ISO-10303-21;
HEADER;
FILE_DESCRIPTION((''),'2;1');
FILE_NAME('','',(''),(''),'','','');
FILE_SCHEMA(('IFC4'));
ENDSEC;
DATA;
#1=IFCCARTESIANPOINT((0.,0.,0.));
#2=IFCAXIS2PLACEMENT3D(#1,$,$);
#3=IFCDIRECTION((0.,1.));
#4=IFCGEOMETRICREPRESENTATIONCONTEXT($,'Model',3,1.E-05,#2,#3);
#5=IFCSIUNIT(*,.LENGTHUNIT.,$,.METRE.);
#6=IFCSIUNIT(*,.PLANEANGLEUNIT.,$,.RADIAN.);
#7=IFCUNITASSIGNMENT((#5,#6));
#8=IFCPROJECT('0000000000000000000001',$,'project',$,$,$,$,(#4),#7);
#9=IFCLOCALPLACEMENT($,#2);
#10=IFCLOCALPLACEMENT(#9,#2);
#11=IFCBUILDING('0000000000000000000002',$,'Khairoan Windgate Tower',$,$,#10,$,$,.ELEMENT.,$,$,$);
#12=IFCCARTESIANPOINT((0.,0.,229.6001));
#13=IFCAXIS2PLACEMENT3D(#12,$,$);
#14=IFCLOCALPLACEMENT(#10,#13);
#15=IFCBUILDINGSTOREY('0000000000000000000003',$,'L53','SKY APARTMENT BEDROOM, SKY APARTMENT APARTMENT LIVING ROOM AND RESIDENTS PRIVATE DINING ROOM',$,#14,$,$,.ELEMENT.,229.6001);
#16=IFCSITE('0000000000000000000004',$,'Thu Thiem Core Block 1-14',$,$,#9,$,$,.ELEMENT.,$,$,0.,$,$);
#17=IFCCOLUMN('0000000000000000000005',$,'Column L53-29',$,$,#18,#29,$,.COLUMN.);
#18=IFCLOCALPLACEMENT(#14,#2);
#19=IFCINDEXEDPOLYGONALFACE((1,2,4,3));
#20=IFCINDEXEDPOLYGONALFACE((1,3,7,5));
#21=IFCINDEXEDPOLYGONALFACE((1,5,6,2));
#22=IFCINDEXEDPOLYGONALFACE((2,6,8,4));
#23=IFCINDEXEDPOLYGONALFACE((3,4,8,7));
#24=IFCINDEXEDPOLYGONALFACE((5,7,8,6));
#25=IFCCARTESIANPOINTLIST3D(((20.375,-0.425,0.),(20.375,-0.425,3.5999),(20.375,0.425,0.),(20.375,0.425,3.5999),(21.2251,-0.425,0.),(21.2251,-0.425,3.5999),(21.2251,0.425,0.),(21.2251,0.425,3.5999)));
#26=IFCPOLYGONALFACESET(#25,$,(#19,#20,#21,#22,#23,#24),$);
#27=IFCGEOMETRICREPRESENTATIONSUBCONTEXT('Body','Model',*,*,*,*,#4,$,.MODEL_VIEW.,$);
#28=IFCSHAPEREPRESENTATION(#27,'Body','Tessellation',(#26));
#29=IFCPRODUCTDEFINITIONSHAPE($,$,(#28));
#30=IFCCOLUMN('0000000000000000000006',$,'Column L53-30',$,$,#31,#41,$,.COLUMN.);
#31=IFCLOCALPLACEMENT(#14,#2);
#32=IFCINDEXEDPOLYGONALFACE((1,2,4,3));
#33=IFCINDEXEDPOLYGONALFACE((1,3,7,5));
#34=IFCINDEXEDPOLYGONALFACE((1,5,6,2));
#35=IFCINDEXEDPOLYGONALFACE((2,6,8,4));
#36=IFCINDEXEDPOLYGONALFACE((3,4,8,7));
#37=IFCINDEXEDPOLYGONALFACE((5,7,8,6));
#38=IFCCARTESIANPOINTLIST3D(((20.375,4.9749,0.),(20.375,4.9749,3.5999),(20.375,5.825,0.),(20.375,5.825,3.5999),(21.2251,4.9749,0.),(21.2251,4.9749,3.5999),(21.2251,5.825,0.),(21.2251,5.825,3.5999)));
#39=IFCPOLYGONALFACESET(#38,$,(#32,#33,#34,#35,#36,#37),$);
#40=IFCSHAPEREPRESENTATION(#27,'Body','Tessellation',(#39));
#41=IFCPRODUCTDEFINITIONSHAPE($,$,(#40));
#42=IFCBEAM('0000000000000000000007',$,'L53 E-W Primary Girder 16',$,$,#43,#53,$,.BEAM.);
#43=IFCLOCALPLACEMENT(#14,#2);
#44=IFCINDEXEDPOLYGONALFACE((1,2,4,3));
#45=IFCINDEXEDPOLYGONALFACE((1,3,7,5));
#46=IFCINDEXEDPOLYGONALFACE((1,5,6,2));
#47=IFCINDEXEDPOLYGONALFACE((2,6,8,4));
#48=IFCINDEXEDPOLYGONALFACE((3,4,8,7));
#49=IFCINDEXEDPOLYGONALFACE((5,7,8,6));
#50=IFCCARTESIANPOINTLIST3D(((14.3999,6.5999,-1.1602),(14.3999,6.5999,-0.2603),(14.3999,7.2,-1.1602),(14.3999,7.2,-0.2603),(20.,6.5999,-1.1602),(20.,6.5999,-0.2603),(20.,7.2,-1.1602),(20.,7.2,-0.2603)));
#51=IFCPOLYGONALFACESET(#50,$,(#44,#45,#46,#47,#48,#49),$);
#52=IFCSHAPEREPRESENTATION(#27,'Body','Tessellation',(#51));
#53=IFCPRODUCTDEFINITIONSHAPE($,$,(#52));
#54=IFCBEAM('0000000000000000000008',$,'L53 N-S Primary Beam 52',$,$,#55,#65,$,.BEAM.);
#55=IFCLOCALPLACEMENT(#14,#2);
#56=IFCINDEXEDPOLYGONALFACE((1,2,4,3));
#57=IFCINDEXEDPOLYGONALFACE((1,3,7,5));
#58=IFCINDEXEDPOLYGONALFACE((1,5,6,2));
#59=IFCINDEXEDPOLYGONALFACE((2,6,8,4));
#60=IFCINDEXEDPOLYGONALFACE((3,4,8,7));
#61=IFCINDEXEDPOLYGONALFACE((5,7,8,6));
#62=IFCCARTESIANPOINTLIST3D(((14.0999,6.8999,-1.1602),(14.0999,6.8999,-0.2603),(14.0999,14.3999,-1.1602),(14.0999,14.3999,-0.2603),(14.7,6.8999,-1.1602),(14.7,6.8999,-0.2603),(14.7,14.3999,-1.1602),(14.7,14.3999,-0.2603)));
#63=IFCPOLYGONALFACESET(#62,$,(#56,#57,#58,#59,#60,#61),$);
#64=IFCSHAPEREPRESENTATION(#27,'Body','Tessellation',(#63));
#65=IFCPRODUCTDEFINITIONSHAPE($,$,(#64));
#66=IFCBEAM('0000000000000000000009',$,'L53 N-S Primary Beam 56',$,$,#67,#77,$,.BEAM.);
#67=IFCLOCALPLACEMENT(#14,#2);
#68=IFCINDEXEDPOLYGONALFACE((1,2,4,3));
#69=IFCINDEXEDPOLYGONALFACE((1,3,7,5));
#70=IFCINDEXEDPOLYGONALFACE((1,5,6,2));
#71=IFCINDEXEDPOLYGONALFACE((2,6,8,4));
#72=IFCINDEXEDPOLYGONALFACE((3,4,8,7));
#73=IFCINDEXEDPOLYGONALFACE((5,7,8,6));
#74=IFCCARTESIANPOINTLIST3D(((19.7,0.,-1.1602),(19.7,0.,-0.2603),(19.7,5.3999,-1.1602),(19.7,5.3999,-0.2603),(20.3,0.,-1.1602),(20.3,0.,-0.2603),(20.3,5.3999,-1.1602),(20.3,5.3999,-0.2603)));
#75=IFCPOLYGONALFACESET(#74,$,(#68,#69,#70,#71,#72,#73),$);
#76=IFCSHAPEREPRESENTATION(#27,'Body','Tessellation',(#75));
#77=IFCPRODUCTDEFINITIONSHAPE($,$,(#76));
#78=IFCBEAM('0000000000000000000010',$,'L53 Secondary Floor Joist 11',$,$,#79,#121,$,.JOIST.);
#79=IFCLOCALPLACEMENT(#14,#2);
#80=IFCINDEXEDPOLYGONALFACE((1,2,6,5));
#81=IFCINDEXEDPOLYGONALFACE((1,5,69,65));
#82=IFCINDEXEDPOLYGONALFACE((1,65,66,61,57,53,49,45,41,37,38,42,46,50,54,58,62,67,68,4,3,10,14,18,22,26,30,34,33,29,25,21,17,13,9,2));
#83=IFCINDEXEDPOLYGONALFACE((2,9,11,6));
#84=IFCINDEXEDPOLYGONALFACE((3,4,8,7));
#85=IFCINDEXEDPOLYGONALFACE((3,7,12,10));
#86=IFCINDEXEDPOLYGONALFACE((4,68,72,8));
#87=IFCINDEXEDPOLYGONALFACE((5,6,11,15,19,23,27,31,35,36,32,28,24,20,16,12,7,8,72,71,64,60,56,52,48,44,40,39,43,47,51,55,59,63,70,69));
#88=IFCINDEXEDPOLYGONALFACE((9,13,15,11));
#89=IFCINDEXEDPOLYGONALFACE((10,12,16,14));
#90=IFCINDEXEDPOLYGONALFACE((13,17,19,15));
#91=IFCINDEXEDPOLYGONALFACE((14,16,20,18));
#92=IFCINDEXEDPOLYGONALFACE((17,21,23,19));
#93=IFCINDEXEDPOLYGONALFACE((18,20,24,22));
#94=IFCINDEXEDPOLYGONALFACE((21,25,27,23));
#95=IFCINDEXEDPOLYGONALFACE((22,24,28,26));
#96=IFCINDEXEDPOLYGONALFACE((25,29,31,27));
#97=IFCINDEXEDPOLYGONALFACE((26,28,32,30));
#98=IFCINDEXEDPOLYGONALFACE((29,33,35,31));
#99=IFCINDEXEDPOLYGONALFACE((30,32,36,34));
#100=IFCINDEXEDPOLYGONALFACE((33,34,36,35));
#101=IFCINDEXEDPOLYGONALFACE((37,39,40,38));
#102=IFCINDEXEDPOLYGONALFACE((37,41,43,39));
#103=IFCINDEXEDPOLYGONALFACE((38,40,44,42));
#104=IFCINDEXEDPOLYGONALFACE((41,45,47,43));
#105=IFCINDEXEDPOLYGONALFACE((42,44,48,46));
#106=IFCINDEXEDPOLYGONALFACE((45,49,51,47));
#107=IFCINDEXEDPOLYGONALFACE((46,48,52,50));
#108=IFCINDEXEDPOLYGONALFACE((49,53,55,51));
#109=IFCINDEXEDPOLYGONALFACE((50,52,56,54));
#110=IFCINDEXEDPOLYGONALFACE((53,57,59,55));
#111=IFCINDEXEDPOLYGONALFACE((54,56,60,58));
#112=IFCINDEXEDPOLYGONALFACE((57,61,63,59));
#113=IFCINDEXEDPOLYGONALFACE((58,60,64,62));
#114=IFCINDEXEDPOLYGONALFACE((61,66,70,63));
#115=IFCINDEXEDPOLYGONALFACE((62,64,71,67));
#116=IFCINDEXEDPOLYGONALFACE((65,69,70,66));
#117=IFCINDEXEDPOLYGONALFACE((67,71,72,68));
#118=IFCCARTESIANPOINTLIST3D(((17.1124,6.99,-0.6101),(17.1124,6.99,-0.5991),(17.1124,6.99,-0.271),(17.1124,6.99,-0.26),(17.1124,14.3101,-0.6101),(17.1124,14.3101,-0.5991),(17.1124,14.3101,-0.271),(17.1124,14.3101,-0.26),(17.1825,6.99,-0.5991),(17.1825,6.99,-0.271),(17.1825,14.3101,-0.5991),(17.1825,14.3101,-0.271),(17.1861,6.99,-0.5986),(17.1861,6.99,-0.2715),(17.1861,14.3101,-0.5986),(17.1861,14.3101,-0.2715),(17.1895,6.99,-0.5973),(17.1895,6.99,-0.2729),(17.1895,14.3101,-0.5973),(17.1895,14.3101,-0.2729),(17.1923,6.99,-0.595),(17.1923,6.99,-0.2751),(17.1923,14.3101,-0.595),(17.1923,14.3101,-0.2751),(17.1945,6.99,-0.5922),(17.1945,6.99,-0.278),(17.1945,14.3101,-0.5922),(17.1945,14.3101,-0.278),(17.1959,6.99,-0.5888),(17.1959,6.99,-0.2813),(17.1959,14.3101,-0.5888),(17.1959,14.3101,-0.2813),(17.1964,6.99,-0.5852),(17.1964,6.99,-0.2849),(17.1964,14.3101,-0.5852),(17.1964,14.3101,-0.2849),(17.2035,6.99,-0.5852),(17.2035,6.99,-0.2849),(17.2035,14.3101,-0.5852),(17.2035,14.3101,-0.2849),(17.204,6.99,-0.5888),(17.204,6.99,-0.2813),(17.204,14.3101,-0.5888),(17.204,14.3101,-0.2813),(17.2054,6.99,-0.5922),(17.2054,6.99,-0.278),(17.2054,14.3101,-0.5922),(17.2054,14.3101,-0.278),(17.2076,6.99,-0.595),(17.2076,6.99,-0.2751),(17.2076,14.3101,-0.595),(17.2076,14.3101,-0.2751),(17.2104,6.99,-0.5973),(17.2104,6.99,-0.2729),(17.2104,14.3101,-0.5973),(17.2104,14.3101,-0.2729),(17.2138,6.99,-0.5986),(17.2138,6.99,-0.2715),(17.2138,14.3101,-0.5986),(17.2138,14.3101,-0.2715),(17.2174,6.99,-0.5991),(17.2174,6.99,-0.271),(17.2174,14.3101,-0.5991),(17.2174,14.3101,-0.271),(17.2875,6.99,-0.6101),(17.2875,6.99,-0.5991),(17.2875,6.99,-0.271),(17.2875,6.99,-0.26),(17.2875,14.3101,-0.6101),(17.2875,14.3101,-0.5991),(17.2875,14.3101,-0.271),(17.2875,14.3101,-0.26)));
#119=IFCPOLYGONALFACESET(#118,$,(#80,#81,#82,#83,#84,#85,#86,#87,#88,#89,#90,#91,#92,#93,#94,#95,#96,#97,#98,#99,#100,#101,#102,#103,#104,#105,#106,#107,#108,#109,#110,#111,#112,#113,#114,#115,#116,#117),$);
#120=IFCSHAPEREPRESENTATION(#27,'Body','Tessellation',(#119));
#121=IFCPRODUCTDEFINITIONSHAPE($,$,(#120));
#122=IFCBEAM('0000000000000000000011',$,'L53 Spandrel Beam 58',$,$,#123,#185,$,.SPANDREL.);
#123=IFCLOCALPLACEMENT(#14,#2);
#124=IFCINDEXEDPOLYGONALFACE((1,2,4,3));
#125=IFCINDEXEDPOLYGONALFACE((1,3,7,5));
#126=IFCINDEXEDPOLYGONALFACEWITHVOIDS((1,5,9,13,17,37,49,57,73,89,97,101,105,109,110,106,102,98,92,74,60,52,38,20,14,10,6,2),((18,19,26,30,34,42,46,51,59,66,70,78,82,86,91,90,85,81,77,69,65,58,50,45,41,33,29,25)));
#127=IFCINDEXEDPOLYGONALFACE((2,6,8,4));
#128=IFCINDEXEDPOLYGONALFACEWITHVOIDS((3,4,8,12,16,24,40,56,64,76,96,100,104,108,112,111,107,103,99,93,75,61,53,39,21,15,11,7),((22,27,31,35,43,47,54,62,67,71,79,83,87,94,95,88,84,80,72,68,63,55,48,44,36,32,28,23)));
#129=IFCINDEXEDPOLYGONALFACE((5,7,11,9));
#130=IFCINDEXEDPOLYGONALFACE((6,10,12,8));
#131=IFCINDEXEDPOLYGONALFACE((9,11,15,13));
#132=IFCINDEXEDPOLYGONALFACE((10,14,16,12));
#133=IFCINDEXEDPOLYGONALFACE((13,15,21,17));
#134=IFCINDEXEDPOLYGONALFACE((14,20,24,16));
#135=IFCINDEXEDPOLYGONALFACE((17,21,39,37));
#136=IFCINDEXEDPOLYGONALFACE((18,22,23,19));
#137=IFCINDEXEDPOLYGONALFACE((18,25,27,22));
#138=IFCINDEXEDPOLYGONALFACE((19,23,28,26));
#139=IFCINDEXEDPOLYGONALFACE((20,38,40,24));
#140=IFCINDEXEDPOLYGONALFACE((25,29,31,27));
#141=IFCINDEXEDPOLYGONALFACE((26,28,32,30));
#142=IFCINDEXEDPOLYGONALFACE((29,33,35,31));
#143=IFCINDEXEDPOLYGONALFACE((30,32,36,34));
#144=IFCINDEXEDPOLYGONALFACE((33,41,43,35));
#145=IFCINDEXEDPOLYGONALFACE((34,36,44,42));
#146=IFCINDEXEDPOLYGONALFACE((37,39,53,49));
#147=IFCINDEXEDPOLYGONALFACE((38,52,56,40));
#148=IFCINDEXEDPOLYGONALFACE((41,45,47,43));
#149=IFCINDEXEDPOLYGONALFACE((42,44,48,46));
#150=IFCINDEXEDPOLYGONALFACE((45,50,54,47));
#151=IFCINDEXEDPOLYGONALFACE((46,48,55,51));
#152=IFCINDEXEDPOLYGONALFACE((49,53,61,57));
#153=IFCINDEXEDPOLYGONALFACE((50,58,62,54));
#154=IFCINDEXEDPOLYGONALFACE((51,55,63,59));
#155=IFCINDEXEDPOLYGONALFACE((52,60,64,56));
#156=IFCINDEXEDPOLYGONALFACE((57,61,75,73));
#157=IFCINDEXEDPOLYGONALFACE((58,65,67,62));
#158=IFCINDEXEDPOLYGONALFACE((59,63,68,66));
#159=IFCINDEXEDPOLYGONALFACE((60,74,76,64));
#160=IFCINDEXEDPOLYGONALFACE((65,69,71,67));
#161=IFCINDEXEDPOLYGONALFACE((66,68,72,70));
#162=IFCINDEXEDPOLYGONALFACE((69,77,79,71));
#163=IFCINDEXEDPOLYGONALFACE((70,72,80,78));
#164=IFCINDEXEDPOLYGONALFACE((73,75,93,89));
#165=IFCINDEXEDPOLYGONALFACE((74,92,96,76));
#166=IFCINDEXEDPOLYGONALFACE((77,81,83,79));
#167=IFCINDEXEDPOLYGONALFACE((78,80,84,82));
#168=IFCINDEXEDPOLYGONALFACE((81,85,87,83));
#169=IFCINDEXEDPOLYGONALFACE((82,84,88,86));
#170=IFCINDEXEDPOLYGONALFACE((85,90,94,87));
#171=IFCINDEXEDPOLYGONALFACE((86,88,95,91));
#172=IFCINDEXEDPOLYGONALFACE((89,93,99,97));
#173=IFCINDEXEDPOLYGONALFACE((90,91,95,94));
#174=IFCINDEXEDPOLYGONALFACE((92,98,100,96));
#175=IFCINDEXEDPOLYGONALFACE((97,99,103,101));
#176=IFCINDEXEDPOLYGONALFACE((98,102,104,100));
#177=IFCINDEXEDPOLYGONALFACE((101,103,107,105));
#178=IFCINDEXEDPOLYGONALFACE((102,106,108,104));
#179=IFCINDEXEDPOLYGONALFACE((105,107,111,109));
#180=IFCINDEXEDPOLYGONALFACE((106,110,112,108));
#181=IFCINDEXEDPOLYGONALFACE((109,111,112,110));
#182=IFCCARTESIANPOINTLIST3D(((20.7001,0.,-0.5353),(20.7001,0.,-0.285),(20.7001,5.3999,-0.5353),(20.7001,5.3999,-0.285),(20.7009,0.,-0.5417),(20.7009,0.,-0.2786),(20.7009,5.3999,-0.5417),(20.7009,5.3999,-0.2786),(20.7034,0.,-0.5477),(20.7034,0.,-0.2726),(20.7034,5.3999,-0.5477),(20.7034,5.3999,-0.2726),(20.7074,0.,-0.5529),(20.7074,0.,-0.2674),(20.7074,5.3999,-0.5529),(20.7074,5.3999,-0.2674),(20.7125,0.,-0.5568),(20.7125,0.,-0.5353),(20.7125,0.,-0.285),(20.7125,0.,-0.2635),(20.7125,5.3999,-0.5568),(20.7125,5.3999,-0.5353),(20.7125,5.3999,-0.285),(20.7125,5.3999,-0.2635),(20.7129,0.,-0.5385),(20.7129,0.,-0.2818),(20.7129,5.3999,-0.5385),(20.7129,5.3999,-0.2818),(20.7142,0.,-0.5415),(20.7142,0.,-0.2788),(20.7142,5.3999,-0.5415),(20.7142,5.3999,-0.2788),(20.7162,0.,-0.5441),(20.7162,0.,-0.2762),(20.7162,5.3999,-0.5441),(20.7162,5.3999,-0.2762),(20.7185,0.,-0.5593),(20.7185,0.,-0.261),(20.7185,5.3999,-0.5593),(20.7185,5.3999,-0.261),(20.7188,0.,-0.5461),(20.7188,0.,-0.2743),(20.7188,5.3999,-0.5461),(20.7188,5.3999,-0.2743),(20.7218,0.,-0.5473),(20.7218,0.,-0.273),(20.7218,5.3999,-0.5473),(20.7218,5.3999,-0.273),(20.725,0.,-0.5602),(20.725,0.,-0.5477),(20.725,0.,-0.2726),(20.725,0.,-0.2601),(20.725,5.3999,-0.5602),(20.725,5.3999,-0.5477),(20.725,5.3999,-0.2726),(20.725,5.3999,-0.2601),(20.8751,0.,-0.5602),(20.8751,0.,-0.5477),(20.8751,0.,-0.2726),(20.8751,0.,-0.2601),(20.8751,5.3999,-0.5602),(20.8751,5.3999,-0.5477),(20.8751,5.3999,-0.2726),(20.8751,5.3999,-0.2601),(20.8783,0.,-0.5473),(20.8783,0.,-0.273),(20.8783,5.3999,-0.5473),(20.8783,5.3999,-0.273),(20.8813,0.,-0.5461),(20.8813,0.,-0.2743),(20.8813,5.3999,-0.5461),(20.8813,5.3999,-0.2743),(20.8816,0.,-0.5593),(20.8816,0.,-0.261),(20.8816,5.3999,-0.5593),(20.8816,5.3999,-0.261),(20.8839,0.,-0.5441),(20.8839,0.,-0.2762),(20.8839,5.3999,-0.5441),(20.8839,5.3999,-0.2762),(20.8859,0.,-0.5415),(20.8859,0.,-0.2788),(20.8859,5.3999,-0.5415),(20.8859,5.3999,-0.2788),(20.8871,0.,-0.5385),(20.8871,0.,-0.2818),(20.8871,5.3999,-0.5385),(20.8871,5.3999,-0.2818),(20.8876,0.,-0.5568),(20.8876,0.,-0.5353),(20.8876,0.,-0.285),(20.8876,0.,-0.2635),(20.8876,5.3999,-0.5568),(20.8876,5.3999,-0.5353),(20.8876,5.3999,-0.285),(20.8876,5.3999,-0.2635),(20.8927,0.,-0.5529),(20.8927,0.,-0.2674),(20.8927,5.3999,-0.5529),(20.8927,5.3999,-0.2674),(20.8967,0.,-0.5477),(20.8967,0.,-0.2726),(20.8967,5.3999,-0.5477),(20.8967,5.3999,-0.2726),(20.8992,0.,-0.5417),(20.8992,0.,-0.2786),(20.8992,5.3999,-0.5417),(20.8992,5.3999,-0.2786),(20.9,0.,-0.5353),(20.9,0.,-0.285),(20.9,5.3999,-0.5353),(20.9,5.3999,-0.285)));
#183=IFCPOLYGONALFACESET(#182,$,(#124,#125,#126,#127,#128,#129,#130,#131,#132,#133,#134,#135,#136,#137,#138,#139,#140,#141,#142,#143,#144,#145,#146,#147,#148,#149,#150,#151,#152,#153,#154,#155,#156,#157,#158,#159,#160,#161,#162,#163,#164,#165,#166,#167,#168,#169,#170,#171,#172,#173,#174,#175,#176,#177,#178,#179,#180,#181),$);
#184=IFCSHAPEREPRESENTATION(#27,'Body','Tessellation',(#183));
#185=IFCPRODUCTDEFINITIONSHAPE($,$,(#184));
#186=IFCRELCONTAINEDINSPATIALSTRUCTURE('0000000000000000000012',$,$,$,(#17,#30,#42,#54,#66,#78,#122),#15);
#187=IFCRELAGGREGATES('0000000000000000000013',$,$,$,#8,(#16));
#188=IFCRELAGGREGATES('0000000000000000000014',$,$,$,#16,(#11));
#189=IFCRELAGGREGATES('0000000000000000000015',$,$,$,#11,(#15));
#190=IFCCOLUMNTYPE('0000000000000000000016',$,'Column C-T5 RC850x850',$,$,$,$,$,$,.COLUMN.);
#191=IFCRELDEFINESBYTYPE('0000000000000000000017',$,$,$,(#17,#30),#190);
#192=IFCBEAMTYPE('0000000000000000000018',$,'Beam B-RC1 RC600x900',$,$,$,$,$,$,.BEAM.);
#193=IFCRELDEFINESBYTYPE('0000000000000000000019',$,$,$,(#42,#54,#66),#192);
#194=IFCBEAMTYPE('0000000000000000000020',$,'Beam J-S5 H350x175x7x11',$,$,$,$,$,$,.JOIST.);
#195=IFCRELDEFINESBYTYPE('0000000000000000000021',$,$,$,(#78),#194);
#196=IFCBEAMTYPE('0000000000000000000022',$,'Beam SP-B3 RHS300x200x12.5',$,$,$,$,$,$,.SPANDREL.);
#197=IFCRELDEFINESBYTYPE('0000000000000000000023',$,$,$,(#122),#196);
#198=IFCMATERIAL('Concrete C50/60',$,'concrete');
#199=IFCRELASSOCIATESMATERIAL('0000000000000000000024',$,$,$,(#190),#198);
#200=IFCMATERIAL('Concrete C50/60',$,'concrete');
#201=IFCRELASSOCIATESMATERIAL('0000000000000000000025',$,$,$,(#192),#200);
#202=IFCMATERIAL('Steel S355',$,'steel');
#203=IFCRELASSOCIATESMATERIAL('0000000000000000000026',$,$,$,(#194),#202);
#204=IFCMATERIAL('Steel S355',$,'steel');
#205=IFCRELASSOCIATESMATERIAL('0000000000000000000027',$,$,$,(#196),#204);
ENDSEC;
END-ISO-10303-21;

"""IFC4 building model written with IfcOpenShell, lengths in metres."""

from ifc_helpers import new_model, si_unit, direction, frame, origin, origin_2d, place, context, subcontext, project, spatial, rectangle, hollow_rectangle, i_section, extrude, material, material_profile, profile_set, type_object, element, save


model = new_model("IFC4")

# Units and contexts
model_context = context("Model", 3, precision=1e-05, world=origin(), true_north=direction((0.0, 1.0)))
body_context = subcontext(model_context, "Body", "Model", "MODEL_VIEW")
ifc_project = project(units=[si_unit("LENGTHUNIT", "METRE"), si_unit("PLANEANGLEUNIT", "RADIAN")], contexts=[model_context])

# Site, building, storey
site_placement = place(None, origin())
site = spatial("IfcSite", under=ifc_project, at=site_placement, Name="Thu Thiem Core Block 1-14", CompositionType="ELEMENT", RefElevation=0.0)
building_placement = place(site_placement, origin())
building = spatial("IfcBuilding", under=site, at=building_placement, Name="Khairoan Windgate Tower", CompositionType="ELEMENT")
storey_placement = place(building_placement, frame((0.0, 0.0, 229.6001)))
storey = spatial("IfcBuildingStorey", under=building, at=storey_placement, Name="L53", Description="SKY APARTMENT BEDROOM, SKY APARTMENT APARTMENT LIVING ROOM AND RESIDENTS PRIVATE DINING ROOM", CompositionType="ELEMENT", Elevation=229.6001)

# Columns
ifc_material_1 = material(Name="Concrete C50/60", Category="concrete")
ifc_material_profile_1 = material_profile(ifc_material_1, rectangle(XDim=0.8501, YDim=0.8501, at=origin_2d()))
ifc_profile_set_1 = profile_set([ifc_material_profile_1], Name="Concrete C50/60")
column_type = type_object("IfcColumnType", Name="Column C-T5 RC850x850", PredefinedType="COLUMN", material=ifc_profile_set_1)
for number, where, z_axis, x_axis, name in (
    (1, (20.8, 0.0, 0.0), (0.0, 0.0, 1.0), (1.0, 0.0, 0.0), "Column L53-29"),
    (2, (20.8, 5.3999, 0.0), (0.0, 0.0, 1.0), (1.0, 0.0, 0.0), "Column L53-30"),
):
    element("IfcColumn", number, at=place(storey_placement, frame(where, z_axis=z_axis, x_axis=x_axis)), inside=storey, type_object=column_type, Name=name, PredefinedType="COLUMN", context=body_context, shape_type="SweptSolid", body=[
        extrude(rectangle(XDim=0.8501, YDim=0.8501, at=origin_2d()), origin(), (0.0, 0.0, 1.0), 3.5999),
    ])

# Beams
ifc_material_2 = material(Name="Concrete C50/60", Category="concrete")
ifc_material_profile_2 = material_profile(ifc_material_2, rectangle(XDim=0.6001, YDim=0.8999, at=origin_2d()))
ifc_profile_set_2 = profile_set([ifc_material_profile_2], Name="Concrete C50/60")
beam_type_1 = type_object("IfcBeamType", Name="Beam B-RC1 RC600x900", PredefinedType="BEAM", material=ifc_profile_set_2)
beam_1_placement = place(storey_placement, frame((14.3999, 6.8999, -0.7102), z_axis=(1.0, 0.0, 0.0), x_axis=(0.0, 1.0, 0.0)))
element("IfcBeam", 3, at=beam_1_placement, inside=storey, type_object=beam_type_1, Name="L53 E-W Primary Girder 16", PredefinedType="BEAM", context=body_context, shape_type="SweptSolid", body=[
    extrude(rectangle(XDim=0.6001, YDim=0.8999, at=origin_2d()), origin(), (0.0, 0.0, 1.0), 5.6001),
])
beam_2_placement = place(storey_placement, frame((14.3999, 6.8999, -0.7102), z_axis=(0.0, 1.0, 0.0), x_axis=(-1.0, 0.0, 0.0)))
element("IfcBeam", 4, at=beam_2_placement, inside=storey, type_object=beam_type_1, Name="L53 N-S Primary Beam 52", PredefinedType="BEAM", context=body_context, shape_type="SweptSolid", body=[
    extrude(rectangle(XDim=0.6001, YDim=0.8999, at=origin_2d()), origin(), (0.0, 0.0, 1.0), 7.5),
])
beam_3_placement = place(storey_placement, frame((20.0, 0.0, -0.7102), z_axis=(0.0, 1.0, 0.0), x_axis=(-1.0, 0.0, 0.0)))
element("IfcBeam", 5, at=beam_3_placement, inside=storey, type_object=beam_type_1, Name="L53 N-S Primary Beam 56", PredefinedType="BEAM", context=body_context, shape_type="SweptSolid", body=[
    extrude(rectangle(XDim=0.6001, YDim=0.8999, at=origin_2d()), origin(), (0.0, 0.0, 1.0), 5.3999),
])
ifc_material_3 = material(Name="Steel S355", Category="steel")
ifc_material_profile_3 = material_profile(ifc_material_3, i_section(OverallWidth=0.175, OverallDepth=0.3501, WebThickness=0.0071, FlangeThickness=0.011, FilletRadius=0.0139, at=origin_2d()))
ifc_profile_set_3 = profile_set([ifc_material_profile_3], Name="Steel S355")
beam_type_2 = type_object("IfcBeamType", Name="Beam J-S5 H350x175x7x11", PredefinedType="JOIST", material=ifc_profile_set_3)
beam_4_placement = place(storey_placement, frame((17.2, 6.99, -0.4351), z_axis=(0.0, 1.0, 0.0), x_axis=(-1.0, 0.0, 0.0)))
element("IfcBeam", 6, at=beam_4_placement, inside=storey, type_object=beam_type_2, Name="L53 Secondary Floor Joist 11", PredefinedType="JOIST", context=body_context, shape_type="SweptSolid", body=[
    extrude(i_section(OverallWidth=0.175, OverallDepth=0.3501, WebThickness=0.0071, FlangeThickness=0.011, FilletRadius=0.0139, at=origin_2d()), origin(), (0.0, 0.0, 1.0), 7.3201),
])
ifc_material_4 = material(Name="Steel S355", Category="steel")
ifc_material_profile_4 = material_profile(ifc_material_4, hollow_rectangle(XDim=0.2, YDim=0.3, WallThickness=0.0125, InnerFilletRadius=0.0125, OuterFilletRadius=0.0249, at=origin_2d()))
ifc_profile_set_4 = profile_set([ifc_material_profile_4], Name="Steel S355")
beam_type_3 = type_object("IfcBeamType", Name="Beam SP-B3 RHS300x200x12.5", PredefinedType="SPANDREL", material=ifc_profile_set_4)
beam_5_placement = place(storey_placement, frame((20.8, 0.0, -0.4102), z_axis=(0.0, 1.0, 0.0), x_axis=(-1.0, 0.0, 0.0)))
element("IfcBeam", 7, at=beam_5_placement, inside=storey, type_object=beam_type_3, Name="L53 Spandrel Beam 58", PredefinedType="SPANDREL", context=body_context, shape_type="SweptSolid", body=[
    extrude(hollow_rectangle(XDim=0.2, YDim=0.3, WallThickness=0.0125, InnerFilletRadius=0.0125, OuterFilletRadius=0.0249, at=origin_2d()), origin(), (0.0, 0.0, 1.0), 5.3999),
])

save(model, "model.ifc")
